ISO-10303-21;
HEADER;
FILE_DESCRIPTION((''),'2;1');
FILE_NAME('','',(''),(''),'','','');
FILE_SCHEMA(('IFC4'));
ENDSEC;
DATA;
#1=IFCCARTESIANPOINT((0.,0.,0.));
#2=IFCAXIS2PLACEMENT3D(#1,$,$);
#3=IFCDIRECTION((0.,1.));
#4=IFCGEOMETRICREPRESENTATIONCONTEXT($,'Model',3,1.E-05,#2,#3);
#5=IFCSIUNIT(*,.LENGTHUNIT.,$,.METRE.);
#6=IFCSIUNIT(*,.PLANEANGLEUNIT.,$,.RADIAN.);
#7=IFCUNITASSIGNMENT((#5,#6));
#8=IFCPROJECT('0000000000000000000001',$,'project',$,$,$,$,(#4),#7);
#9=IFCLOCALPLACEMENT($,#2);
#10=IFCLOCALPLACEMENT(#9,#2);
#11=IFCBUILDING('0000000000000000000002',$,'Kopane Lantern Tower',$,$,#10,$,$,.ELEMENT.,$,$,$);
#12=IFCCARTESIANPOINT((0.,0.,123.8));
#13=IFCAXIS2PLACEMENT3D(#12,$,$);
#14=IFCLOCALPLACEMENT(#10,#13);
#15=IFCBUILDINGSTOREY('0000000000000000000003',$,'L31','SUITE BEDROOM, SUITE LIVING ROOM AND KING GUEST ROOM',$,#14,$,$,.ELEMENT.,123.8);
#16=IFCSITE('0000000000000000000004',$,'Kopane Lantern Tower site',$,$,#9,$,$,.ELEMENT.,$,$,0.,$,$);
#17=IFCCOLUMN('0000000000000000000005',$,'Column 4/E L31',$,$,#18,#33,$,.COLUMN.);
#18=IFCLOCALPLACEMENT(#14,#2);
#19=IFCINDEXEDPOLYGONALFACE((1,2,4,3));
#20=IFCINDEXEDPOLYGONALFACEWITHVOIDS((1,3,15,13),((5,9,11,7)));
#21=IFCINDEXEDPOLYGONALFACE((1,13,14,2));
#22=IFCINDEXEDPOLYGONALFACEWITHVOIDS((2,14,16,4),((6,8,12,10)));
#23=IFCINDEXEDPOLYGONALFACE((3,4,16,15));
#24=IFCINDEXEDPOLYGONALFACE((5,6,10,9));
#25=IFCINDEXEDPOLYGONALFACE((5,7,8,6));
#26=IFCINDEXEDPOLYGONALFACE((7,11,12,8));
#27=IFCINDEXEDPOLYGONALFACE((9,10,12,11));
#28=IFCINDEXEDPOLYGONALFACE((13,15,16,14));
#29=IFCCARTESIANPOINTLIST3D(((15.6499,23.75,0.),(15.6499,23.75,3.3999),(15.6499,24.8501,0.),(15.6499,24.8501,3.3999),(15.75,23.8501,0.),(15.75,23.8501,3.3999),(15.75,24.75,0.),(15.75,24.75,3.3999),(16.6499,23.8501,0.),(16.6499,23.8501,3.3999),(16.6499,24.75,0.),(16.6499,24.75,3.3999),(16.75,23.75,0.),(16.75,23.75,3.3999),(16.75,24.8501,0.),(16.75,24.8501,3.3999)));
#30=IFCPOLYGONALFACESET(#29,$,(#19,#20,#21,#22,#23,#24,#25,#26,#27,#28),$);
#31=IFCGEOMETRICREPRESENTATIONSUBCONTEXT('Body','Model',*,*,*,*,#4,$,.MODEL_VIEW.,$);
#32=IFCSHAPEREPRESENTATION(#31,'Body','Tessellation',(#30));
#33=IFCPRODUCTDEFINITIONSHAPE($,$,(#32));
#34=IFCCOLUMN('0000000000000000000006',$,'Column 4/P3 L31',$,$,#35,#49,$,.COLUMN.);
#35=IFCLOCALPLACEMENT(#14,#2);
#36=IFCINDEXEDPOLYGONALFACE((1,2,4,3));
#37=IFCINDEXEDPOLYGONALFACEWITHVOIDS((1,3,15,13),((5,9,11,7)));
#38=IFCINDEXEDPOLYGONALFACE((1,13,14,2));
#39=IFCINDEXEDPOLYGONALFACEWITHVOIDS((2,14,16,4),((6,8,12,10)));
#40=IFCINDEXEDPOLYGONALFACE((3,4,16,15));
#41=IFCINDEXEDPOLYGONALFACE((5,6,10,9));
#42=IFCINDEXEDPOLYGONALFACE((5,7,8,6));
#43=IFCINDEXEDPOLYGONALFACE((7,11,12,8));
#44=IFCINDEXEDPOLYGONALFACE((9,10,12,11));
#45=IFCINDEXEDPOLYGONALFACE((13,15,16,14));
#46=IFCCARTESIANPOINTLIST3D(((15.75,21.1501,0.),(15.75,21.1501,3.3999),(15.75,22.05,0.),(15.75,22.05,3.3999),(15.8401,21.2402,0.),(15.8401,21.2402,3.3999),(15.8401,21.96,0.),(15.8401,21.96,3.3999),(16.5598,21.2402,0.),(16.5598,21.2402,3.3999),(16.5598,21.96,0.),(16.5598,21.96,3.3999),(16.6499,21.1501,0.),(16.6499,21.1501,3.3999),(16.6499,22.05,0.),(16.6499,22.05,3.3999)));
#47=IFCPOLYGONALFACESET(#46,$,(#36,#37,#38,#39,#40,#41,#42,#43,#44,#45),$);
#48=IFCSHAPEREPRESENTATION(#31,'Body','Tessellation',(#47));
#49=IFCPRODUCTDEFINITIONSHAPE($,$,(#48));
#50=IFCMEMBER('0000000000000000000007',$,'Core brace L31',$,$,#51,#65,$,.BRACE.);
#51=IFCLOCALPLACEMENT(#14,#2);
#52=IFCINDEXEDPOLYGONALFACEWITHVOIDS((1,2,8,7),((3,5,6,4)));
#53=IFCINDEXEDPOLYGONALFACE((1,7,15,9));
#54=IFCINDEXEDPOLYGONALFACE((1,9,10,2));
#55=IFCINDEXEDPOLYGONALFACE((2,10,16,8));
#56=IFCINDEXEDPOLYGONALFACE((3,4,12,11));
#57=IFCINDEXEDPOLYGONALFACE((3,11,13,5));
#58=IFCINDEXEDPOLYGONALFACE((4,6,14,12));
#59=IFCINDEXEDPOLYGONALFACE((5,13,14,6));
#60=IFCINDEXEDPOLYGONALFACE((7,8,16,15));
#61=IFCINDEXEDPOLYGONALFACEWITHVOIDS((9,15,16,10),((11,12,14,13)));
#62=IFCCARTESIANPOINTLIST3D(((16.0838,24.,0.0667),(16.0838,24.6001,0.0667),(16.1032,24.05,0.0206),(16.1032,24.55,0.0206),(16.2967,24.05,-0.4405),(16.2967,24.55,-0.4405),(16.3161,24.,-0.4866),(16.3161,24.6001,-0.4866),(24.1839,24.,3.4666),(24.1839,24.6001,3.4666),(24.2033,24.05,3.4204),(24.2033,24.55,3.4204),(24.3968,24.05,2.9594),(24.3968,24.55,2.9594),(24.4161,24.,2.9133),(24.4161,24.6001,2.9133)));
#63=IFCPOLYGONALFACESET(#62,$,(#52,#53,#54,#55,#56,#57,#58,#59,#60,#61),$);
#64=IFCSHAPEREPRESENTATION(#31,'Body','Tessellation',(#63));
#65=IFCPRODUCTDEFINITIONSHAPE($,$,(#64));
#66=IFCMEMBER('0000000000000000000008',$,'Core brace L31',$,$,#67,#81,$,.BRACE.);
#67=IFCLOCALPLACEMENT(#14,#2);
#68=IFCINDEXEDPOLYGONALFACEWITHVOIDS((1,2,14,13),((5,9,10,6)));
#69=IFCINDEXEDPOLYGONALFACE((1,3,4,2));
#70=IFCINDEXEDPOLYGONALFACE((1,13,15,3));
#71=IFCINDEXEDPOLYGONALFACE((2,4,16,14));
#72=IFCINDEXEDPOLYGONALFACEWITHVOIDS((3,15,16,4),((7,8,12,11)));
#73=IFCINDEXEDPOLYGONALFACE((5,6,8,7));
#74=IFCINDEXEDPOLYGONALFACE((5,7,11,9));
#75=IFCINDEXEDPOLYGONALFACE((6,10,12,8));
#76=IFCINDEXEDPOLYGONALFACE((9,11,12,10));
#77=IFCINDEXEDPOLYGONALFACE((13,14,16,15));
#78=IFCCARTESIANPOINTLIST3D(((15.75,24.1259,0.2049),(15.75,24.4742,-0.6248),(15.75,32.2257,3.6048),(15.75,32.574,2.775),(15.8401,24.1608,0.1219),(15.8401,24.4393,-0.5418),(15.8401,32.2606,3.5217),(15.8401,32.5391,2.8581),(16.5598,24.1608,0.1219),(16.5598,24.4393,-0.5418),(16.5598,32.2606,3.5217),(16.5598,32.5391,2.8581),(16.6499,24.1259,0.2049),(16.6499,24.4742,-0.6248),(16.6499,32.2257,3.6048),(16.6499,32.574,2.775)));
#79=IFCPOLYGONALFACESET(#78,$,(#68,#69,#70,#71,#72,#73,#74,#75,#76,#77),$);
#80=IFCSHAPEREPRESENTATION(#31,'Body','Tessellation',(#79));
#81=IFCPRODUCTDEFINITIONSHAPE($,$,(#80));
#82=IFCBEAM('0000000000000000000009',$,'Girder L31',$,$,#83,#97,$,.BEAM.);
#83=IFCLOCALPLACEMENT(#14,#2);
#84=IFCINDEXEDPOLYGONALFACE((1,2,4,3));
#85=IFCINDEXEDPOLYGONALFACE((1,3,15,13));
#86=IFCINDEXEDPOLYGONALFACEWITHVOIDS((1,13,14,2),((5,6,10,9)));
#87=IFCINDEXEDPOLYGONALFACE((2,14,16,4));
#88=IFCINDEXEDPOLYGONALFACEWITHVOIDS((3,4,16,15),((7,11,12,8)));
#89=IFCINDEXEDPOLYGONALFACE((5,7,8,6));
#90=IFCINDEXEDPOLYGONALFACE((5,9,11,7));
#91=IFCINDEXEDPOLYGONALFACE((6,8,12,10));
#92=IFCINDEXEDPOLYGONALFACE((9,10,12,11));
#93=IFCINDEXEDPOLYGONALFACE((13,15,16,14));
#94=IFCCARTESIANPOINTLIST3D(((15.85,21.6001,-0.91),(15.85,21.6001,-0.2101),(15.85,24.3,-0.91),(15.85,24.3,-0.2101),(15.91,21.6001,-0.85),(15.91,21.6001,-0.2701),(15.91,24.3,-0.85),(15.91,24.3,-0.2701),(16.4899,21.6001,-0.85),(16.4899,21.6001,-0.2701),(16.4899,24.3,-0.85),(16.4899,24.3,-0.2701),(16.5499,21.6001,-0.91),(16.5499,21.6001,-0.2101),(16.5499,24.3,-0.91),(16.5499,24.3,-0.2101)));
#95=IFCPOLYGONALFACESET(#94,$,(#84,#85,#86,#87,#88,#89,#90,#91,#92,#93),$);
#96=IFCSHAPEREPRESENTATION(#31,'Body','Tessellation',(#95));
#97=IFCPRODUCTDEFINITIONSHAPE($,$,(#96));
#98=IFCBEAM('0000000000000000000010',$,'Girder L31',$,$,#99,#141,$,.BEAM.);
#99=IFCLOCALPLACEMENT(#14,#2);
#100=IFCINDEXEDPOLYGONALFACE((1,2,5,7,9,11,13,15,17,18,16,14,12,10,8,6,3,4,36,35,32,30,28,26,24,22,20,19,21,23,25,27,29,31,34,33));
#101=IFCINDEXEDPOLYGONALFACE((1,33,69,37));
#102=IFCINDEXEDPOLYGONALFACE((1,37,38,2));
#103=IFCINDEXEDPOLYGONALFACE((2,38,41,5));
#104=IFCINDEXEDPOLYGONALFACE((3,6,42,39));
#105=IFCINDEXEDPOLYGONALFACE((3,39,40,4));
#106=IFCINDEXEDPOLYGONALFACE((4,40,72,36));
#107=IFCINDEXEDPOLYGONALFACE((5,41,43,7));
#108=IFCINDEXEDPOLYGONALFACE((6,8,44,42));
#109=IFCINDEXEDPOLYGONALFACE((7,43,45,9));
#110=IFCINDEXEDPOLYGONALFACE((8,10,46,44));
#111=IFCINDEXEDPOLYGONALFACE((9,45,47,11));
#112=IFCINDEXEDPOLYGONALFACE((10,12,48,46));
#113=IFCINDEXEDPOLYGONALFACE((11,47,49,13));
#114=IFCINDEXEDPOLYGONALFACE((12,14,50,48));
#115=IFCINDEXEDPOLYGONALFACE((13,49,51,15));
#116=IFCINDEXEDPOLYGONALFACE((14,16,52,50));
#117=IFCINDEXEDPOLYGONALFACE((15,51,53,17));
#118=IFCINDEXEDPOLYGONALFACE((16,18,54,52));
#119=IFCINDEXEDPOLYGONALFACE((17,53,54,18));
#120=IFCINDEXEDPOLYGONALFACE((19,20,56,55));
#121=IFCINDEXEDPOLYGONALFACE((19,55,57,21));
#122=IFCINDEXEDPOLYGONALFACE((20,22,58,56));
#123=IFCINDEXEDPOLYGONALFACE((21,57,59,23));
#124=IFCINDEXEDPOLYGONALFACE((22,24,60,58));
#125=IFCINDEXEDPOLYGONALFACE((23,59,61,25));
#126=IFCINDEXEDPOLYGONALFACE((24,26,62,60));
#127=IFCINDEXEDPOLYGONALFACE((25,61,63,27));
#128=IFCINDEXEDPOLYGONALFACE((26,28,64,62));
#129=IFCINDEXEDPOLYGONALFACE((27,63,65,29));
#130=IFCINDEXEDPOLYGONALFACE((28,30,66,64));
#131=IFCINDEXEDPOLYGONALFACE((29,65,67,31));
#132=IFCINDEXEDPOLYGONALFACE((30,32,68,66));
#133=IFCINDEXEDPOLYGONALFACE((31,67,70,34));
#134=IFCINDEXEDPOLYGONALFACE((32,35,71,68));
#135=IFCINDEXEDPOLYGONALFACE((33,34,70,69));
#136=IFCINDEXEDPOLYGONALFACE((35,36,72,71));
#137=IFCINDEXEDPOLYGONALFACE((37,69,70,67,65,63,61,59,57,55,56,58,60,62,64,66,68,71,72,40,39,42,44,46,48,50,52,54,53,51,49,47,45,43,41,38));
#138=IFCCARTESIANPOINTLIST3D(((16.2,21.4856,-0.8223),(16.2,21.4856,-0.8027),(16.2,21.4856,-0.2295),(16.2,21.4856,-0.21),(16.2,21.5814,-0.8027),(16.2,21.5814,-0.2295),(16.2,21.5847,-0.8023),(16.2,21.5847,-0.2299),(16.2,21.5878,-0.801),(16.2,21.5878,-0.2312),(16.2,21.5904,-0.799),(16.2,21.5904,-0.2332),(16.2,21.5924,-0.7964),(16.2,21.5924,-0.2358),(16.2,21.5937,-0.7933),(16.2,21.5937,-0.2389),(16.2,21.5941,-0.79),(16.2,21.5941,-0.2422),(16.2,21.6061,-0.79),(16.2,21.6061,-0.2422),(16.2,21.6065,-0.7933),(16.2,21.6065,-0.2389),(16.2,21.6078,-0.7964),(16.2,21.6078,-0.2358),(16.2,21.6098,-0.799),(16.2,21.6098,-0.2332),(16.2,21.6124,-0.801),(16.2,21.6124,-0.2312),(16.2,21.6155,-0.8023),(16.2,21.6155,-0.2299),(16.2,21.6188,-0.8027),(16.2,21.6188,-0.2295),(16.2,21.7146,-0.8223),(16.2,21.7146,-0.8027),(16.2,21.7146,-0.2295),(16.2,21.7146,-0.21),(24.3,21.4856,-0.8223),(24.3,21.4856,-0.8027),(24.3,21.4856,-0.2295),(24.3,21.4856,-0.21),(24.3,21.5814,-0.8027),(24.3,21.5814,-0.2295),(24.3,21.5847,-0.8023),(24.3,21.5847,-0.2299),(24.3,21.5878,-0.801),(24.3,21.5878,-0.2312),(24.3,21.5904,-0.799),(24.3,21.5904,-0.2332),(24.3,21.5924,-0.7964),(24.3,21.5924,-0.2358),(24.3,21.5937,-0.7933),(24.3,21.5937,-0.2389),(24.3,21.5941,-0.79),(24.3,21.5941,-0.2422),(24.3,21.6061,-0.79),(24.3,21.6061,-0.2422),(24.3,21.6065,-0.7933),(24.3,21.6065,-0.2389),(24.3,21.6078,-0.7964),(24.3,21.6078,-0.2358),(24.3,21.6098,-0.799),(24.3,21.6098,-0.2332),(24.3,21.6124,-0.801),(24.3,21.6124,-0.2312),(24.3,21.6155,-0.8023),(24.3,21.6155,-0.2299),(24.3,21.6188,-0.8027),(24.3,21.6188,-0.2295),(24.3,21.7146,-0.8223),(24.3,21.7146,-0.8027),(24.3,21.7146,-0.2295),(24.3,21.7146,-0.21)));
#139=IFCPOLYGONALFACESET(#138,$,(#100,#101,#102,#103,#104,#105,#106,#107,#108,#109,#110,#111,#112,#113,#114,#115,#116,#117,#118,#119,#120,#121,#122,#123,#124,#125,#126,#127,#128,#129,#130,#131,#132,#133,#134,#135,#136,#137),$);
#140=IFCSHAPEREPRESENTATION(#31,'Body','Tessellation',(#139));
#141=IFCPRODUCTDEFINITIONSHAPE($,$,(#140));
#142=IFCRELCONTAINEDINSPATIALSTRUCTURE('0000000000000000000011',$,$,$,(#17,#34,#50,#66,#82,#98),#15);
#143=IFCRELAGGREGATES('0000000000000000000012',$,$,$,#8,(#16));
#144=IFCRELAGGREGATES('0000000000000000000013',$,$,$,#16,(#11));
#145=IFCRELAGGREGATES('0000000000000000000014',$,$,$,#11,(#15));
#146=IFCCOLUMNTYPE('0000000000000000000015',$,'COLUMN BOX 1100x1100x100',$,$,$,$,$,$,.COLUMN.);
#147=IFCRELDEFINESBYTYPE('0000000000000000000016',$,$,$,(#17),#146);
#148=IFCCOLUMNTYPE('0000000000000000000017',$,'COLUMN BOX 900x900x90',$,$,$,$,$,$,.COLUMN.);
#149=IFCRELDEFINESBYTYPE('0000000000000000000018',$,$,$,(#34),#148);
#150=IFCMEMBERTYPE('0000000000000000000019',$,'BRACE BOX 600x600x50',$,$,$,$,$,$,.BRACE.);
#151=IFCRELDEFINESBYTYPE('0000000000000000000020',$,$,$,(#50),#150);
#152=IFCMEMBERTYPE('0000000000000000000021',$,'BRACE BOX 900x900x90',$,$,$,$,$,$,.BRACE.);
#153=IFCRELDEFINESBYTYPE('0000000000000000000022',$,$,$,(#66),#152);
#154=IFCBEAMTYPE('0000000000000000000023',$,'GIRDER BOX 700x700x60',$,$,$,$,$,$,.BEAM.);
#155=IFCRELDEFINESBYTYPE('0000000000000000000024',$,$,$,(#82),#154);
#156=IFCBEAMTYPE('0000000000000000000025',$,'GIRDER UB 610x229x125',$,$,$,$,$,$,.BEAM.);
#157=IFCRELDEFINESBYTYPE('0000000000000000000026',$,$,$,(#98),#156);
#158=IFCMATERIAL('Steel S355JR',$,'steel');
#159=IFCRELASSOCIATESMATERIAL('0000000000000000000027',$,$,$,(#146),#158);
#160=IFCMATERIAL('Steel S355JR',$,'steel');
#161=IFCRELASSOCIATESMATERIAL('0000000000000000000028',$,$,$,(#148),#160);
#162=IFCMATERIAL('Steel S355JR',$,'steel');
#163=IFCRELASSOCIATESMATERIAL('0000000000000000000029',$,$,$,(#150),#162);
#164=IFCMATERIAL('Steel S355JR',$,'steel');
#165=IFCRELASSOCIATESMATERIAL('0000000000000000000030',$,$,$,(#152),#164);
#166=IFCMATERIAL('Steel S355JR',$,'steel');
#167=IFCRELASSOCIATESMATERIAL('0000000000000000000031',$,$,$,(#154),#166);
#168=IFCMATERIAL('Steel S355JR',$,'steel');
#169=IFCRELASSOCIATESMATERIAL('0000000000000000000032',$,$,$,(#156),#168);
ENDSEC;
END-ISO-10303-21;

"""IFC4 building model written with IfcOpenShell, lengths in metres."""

from ifc_helpers import new_model, si_unit, direction, frame, origin, origin_2d, place, context, subcontext, project, spatial, hollow_rectangle, i_section, extrude, material, material_profile, profile_set, type_object, element, save


model = new_model("IFC4")

# Units and contexts
model_context = context("Model", 3, precision=1e-05, world=origin(), true_north=direction((0.0, 1.0)))
body_context = subcontext(model_context, "Body", "Model", "MODEL_VIEW")
ifc_project = project(units=[si_unit("LENGTHUNIT", "METRE"), si_unit("PLANEANGLEUNIT", "RADIAN")], contexts=[model_context])

# Site, building, storey
site_placement = place(None, origin())
site = spatial("IfcSite", under=ifc_project, at=site_placement, Name="Kopane Lantern Tower site", CompositionType="ELEMENT", RefElevation=0.0)
building_placement = place(site_placement, origin())
building = spatial("IfcBuilding", under=site, at=building_placement, Name="Kopane Lantern Tower", CompositionType="ELEMENT")
storey_placement = place(building_placement, frame((0.0, 0.0, 123.8)))
storey = spatial("IfcBuildingStorey", under=building, at=storey_placement, Name="L31", Description="SUITE BEDROOM, SUITE LIVING ROOM AND KING GUEST ROOM", CompositionType="ELEMENT", Elevation=123.8)

# Columns
ifc_material_1 = material(Name="Steel S355JR", Category="steel")
ifc_material_profile_1 = material_profile(ifc_material_1, hollow_rectangle(XDim=1.1001, YDim=1.1001, WallThickness=0.1001, at=origin_2d()), Name="BOX 1100x1100x100")
ifc_profile_set_1 = profile_set([ifc_material_profile_1], Name="Steel S355JR")
column_type_1 = type_object("IfcColumnType", Name="COLUMN BOX 1100x1100x100", PredefinedType="COLUMN", material=ifc_profile_set_1)
column_1_placement = place(storey_placement, frame((16.2, 24.3, 0.0), z_axis=(0.0, 0.0, 1.0), x_axis=(1.0, 0.0, 0.0)))
element("IfcColumn", 1, at=column_1_placement, inside=storey, type_object=column_type_1, Name="Column 4/E L31", PredefinedType="COLUMN", context=body_context, shape_type="SweptSolid", body=[
    extrude(hollow_rectangle(XDim=1.1001, YDim=1.1001, WallThickness=0.1001, at=origin_2d()), origin(), (0.0, 0.0, 1.0), 3.3999),
])
ifc_material_2 = material(Name="Steel S355JR", Category="steel")
ifc_material_profile_2 = material_profile(ifc_material_2, hollow_rectangle(XDim=0.8999, YDim=0.8999, WallThickness=0.0901, at=origin_2d()), Name="BOX 900x900x90")
ifc_profile_set_2 = profile_set([ifc_material_profile_2], Name="Steel S355JR")
column_type_2 = type_object("IfcColumnType", Name="COLUMN BOX 900x900x90", PredefinedType="COLUMN", material=ifc_profile_set_2)
column_2_placement = place(storey_placement, frame((16.2, 21.6001, 0.0), z_axis=(0.0, 0.0, 1.0), x_axis=(1.0, 0.0, 0.0)))
element("IfcColumn", 2, at=column_2_placement, inside=storey, type_object=column_type_2, Name="Column 4/P3 L31", PredefinedType="COLUMN", context=body_context, shape_type="SweptSolid", body=[
    extrude(hollow_rectangle(XDim=0.8999, YDim=0.8999, WallThickness=0.0901, at=origin_2d()), origin(), (0.0, 0.0, 1.0), 3.3999),
])

# Members
ifc_material_3 = material(Name="Steel S355JR", Category="steel")
ifc_material_profile_3 = material_profile(ifc_material_3, hollow_rectangle(XDim=0.6001, YDim=0.6001, WallThickness=0.05, at=origin_2d()), Name="BOX 600x600x50")
ifc_profile_set_3 = profile_set([ifc_material_profile_3], Name="Steel S355JR")
member_type_1 = type_object("IfcMemberType", Name="BRACE BOX 600x600x50", PredefinedType="BRACE", material=ifc_profile_set_3)
member_1_placement = place(storey_placement, frame((16.2, 24.3, -0.21), z_axis=(0.922069, 0.0, 0.387026), x_axis=(0.0, 1.0, 0.0)))
element("IfcMember", 3, at=member_1_placement, inside=storey, type_object=member_type_1, Name="Core brace L31", PredefinedType="BRACE", context=body_context, shape_type="SweptSolid", body=[
    extrude(hollow_rectangle(XDim=0.6001, YDim=0.6001, WallThickness=0.05, at=origin_2d()), origin(), (0.0, 0.0, 1.0), 8.7847),
])
ifc_material_4 = material(Name="Steel S355JR", Category="steel")
ifc_material_profile_4 = material_profile(ifc_material_4, hollow_rectangle(XDim=0.8999, YDim=0.8999, WallThickness=0.0901, at=origin_2d()), Name="BOX 900x900x90")
ifc_profile_set_4 = profile_set([ifc_material_profile_4], Name="Steel S355JR")
member_type_2 = type_object("IfcMemberType", Name="BRACE BOX 900x900x90", PredefinedType="BRACE", material=ifc_profile_set_4)
member_2_placement = place(storey_placement, frame((16.2, 24.3, -0.21), z_axis=(0.0, 0.922065, 0.387035), x_axis=(-1.0, 0.0, 0.0)))
element("IfcMember", 4, at=member_2_placement, inside=storey, type_object=member_type_2, Name="Core brace L31", PredefinedType="BRACE", context=body_context, shape_type="SweptSolid", body=[
    extrude(hollow_rectangle(XDim=0.8999, YDim=0.8999, WallThickness=0.0901, at=origin_2d()), origin(), (0.0, 0.0, 1.0), 8.7844),
])

# Beams
ifc_material_5 = material(Name="Steel S355JR", Category="steel")
ifc_material_profile_5 = material_profile(ifc_material_5, hollow_rectangle(XDim=0.7, YDim=0.7, WallThickness=0.0601, at=origin_2d()), Name="BOX 700x700x60")
ifc_profile_set_5 = profile_set([ifc_material_profile_5], Name="Steel S355JR")
beam_type_1 = type_object("IfcBeamType", Name="GIRDER BOX 700x700x60", PredefinedType="BEAM", material=ifc_profile_set_5)
beam_1_placement = place(storey_placement, frame((16.2, 21.6001, -0.5601), z_axis=(0.0, 1.0, 0.0), x_axis=(-1.0, 0.0, 0.0)))
element("IfcBeam", 5, at=beam_1_placement, inside=storey, type_object=beam_type_1, Name="Girder L31", PredefinedType="BEAM", context=body_context, shape_type="SweptSolid", body=[
    extrude(hollow_rectangle(XDim=0.7, YDim=0.7, WallThickness=0.0601, at=origin_2d()), origin(), (0.0, 0.0, 1.0), 2.7),
])
ifc_material_6 = material(Name="Steel S355JR", Category="steel")
ifc_material_profile_6 = material_profile(ifc_material_6, i_section(OverallWidth=0.229, OverallDepth=0.6123, WebThickness=0.012, FlangeThickness=0.0195, FilletRadius=0.0127, at=origin_2d()), Name="UB 610x229x125")
ifc_profile_set_6 = profile_set([ifc_material_profile_6], Name="Steel S355JR")
beam_type_2 = type_object("IfcBeamType", Name="GIRDER UB 610x229x125", PredefinedType="BEAM", material=ifc_profile_set_6)
beam_2_placement = place(storey_placement, frame((16.2, 21.6001, -0.5161), z_axis=(1.0, 0.0, 0.0), x_axis=(0.0, 1.0, 0.0)))
element("IfcBeam", 6, at=beam_2_placement, inside=storey, type_object=beam_type_2, Name="Girder L31", PredefinedType="BEAM", context=body_context, shape_type="SweptSolid", body=[
    extrude(i_section(OverallWidth=0.229, OverallDepth=0.6123, WebThickness=0.012, FlangeThickness=0.0195, FilletRadius=0.0127, at=origin_2d()), origin(), (0.0, 0.0, 1.0), 8.1001),
])

save(model, "model.ifc")
